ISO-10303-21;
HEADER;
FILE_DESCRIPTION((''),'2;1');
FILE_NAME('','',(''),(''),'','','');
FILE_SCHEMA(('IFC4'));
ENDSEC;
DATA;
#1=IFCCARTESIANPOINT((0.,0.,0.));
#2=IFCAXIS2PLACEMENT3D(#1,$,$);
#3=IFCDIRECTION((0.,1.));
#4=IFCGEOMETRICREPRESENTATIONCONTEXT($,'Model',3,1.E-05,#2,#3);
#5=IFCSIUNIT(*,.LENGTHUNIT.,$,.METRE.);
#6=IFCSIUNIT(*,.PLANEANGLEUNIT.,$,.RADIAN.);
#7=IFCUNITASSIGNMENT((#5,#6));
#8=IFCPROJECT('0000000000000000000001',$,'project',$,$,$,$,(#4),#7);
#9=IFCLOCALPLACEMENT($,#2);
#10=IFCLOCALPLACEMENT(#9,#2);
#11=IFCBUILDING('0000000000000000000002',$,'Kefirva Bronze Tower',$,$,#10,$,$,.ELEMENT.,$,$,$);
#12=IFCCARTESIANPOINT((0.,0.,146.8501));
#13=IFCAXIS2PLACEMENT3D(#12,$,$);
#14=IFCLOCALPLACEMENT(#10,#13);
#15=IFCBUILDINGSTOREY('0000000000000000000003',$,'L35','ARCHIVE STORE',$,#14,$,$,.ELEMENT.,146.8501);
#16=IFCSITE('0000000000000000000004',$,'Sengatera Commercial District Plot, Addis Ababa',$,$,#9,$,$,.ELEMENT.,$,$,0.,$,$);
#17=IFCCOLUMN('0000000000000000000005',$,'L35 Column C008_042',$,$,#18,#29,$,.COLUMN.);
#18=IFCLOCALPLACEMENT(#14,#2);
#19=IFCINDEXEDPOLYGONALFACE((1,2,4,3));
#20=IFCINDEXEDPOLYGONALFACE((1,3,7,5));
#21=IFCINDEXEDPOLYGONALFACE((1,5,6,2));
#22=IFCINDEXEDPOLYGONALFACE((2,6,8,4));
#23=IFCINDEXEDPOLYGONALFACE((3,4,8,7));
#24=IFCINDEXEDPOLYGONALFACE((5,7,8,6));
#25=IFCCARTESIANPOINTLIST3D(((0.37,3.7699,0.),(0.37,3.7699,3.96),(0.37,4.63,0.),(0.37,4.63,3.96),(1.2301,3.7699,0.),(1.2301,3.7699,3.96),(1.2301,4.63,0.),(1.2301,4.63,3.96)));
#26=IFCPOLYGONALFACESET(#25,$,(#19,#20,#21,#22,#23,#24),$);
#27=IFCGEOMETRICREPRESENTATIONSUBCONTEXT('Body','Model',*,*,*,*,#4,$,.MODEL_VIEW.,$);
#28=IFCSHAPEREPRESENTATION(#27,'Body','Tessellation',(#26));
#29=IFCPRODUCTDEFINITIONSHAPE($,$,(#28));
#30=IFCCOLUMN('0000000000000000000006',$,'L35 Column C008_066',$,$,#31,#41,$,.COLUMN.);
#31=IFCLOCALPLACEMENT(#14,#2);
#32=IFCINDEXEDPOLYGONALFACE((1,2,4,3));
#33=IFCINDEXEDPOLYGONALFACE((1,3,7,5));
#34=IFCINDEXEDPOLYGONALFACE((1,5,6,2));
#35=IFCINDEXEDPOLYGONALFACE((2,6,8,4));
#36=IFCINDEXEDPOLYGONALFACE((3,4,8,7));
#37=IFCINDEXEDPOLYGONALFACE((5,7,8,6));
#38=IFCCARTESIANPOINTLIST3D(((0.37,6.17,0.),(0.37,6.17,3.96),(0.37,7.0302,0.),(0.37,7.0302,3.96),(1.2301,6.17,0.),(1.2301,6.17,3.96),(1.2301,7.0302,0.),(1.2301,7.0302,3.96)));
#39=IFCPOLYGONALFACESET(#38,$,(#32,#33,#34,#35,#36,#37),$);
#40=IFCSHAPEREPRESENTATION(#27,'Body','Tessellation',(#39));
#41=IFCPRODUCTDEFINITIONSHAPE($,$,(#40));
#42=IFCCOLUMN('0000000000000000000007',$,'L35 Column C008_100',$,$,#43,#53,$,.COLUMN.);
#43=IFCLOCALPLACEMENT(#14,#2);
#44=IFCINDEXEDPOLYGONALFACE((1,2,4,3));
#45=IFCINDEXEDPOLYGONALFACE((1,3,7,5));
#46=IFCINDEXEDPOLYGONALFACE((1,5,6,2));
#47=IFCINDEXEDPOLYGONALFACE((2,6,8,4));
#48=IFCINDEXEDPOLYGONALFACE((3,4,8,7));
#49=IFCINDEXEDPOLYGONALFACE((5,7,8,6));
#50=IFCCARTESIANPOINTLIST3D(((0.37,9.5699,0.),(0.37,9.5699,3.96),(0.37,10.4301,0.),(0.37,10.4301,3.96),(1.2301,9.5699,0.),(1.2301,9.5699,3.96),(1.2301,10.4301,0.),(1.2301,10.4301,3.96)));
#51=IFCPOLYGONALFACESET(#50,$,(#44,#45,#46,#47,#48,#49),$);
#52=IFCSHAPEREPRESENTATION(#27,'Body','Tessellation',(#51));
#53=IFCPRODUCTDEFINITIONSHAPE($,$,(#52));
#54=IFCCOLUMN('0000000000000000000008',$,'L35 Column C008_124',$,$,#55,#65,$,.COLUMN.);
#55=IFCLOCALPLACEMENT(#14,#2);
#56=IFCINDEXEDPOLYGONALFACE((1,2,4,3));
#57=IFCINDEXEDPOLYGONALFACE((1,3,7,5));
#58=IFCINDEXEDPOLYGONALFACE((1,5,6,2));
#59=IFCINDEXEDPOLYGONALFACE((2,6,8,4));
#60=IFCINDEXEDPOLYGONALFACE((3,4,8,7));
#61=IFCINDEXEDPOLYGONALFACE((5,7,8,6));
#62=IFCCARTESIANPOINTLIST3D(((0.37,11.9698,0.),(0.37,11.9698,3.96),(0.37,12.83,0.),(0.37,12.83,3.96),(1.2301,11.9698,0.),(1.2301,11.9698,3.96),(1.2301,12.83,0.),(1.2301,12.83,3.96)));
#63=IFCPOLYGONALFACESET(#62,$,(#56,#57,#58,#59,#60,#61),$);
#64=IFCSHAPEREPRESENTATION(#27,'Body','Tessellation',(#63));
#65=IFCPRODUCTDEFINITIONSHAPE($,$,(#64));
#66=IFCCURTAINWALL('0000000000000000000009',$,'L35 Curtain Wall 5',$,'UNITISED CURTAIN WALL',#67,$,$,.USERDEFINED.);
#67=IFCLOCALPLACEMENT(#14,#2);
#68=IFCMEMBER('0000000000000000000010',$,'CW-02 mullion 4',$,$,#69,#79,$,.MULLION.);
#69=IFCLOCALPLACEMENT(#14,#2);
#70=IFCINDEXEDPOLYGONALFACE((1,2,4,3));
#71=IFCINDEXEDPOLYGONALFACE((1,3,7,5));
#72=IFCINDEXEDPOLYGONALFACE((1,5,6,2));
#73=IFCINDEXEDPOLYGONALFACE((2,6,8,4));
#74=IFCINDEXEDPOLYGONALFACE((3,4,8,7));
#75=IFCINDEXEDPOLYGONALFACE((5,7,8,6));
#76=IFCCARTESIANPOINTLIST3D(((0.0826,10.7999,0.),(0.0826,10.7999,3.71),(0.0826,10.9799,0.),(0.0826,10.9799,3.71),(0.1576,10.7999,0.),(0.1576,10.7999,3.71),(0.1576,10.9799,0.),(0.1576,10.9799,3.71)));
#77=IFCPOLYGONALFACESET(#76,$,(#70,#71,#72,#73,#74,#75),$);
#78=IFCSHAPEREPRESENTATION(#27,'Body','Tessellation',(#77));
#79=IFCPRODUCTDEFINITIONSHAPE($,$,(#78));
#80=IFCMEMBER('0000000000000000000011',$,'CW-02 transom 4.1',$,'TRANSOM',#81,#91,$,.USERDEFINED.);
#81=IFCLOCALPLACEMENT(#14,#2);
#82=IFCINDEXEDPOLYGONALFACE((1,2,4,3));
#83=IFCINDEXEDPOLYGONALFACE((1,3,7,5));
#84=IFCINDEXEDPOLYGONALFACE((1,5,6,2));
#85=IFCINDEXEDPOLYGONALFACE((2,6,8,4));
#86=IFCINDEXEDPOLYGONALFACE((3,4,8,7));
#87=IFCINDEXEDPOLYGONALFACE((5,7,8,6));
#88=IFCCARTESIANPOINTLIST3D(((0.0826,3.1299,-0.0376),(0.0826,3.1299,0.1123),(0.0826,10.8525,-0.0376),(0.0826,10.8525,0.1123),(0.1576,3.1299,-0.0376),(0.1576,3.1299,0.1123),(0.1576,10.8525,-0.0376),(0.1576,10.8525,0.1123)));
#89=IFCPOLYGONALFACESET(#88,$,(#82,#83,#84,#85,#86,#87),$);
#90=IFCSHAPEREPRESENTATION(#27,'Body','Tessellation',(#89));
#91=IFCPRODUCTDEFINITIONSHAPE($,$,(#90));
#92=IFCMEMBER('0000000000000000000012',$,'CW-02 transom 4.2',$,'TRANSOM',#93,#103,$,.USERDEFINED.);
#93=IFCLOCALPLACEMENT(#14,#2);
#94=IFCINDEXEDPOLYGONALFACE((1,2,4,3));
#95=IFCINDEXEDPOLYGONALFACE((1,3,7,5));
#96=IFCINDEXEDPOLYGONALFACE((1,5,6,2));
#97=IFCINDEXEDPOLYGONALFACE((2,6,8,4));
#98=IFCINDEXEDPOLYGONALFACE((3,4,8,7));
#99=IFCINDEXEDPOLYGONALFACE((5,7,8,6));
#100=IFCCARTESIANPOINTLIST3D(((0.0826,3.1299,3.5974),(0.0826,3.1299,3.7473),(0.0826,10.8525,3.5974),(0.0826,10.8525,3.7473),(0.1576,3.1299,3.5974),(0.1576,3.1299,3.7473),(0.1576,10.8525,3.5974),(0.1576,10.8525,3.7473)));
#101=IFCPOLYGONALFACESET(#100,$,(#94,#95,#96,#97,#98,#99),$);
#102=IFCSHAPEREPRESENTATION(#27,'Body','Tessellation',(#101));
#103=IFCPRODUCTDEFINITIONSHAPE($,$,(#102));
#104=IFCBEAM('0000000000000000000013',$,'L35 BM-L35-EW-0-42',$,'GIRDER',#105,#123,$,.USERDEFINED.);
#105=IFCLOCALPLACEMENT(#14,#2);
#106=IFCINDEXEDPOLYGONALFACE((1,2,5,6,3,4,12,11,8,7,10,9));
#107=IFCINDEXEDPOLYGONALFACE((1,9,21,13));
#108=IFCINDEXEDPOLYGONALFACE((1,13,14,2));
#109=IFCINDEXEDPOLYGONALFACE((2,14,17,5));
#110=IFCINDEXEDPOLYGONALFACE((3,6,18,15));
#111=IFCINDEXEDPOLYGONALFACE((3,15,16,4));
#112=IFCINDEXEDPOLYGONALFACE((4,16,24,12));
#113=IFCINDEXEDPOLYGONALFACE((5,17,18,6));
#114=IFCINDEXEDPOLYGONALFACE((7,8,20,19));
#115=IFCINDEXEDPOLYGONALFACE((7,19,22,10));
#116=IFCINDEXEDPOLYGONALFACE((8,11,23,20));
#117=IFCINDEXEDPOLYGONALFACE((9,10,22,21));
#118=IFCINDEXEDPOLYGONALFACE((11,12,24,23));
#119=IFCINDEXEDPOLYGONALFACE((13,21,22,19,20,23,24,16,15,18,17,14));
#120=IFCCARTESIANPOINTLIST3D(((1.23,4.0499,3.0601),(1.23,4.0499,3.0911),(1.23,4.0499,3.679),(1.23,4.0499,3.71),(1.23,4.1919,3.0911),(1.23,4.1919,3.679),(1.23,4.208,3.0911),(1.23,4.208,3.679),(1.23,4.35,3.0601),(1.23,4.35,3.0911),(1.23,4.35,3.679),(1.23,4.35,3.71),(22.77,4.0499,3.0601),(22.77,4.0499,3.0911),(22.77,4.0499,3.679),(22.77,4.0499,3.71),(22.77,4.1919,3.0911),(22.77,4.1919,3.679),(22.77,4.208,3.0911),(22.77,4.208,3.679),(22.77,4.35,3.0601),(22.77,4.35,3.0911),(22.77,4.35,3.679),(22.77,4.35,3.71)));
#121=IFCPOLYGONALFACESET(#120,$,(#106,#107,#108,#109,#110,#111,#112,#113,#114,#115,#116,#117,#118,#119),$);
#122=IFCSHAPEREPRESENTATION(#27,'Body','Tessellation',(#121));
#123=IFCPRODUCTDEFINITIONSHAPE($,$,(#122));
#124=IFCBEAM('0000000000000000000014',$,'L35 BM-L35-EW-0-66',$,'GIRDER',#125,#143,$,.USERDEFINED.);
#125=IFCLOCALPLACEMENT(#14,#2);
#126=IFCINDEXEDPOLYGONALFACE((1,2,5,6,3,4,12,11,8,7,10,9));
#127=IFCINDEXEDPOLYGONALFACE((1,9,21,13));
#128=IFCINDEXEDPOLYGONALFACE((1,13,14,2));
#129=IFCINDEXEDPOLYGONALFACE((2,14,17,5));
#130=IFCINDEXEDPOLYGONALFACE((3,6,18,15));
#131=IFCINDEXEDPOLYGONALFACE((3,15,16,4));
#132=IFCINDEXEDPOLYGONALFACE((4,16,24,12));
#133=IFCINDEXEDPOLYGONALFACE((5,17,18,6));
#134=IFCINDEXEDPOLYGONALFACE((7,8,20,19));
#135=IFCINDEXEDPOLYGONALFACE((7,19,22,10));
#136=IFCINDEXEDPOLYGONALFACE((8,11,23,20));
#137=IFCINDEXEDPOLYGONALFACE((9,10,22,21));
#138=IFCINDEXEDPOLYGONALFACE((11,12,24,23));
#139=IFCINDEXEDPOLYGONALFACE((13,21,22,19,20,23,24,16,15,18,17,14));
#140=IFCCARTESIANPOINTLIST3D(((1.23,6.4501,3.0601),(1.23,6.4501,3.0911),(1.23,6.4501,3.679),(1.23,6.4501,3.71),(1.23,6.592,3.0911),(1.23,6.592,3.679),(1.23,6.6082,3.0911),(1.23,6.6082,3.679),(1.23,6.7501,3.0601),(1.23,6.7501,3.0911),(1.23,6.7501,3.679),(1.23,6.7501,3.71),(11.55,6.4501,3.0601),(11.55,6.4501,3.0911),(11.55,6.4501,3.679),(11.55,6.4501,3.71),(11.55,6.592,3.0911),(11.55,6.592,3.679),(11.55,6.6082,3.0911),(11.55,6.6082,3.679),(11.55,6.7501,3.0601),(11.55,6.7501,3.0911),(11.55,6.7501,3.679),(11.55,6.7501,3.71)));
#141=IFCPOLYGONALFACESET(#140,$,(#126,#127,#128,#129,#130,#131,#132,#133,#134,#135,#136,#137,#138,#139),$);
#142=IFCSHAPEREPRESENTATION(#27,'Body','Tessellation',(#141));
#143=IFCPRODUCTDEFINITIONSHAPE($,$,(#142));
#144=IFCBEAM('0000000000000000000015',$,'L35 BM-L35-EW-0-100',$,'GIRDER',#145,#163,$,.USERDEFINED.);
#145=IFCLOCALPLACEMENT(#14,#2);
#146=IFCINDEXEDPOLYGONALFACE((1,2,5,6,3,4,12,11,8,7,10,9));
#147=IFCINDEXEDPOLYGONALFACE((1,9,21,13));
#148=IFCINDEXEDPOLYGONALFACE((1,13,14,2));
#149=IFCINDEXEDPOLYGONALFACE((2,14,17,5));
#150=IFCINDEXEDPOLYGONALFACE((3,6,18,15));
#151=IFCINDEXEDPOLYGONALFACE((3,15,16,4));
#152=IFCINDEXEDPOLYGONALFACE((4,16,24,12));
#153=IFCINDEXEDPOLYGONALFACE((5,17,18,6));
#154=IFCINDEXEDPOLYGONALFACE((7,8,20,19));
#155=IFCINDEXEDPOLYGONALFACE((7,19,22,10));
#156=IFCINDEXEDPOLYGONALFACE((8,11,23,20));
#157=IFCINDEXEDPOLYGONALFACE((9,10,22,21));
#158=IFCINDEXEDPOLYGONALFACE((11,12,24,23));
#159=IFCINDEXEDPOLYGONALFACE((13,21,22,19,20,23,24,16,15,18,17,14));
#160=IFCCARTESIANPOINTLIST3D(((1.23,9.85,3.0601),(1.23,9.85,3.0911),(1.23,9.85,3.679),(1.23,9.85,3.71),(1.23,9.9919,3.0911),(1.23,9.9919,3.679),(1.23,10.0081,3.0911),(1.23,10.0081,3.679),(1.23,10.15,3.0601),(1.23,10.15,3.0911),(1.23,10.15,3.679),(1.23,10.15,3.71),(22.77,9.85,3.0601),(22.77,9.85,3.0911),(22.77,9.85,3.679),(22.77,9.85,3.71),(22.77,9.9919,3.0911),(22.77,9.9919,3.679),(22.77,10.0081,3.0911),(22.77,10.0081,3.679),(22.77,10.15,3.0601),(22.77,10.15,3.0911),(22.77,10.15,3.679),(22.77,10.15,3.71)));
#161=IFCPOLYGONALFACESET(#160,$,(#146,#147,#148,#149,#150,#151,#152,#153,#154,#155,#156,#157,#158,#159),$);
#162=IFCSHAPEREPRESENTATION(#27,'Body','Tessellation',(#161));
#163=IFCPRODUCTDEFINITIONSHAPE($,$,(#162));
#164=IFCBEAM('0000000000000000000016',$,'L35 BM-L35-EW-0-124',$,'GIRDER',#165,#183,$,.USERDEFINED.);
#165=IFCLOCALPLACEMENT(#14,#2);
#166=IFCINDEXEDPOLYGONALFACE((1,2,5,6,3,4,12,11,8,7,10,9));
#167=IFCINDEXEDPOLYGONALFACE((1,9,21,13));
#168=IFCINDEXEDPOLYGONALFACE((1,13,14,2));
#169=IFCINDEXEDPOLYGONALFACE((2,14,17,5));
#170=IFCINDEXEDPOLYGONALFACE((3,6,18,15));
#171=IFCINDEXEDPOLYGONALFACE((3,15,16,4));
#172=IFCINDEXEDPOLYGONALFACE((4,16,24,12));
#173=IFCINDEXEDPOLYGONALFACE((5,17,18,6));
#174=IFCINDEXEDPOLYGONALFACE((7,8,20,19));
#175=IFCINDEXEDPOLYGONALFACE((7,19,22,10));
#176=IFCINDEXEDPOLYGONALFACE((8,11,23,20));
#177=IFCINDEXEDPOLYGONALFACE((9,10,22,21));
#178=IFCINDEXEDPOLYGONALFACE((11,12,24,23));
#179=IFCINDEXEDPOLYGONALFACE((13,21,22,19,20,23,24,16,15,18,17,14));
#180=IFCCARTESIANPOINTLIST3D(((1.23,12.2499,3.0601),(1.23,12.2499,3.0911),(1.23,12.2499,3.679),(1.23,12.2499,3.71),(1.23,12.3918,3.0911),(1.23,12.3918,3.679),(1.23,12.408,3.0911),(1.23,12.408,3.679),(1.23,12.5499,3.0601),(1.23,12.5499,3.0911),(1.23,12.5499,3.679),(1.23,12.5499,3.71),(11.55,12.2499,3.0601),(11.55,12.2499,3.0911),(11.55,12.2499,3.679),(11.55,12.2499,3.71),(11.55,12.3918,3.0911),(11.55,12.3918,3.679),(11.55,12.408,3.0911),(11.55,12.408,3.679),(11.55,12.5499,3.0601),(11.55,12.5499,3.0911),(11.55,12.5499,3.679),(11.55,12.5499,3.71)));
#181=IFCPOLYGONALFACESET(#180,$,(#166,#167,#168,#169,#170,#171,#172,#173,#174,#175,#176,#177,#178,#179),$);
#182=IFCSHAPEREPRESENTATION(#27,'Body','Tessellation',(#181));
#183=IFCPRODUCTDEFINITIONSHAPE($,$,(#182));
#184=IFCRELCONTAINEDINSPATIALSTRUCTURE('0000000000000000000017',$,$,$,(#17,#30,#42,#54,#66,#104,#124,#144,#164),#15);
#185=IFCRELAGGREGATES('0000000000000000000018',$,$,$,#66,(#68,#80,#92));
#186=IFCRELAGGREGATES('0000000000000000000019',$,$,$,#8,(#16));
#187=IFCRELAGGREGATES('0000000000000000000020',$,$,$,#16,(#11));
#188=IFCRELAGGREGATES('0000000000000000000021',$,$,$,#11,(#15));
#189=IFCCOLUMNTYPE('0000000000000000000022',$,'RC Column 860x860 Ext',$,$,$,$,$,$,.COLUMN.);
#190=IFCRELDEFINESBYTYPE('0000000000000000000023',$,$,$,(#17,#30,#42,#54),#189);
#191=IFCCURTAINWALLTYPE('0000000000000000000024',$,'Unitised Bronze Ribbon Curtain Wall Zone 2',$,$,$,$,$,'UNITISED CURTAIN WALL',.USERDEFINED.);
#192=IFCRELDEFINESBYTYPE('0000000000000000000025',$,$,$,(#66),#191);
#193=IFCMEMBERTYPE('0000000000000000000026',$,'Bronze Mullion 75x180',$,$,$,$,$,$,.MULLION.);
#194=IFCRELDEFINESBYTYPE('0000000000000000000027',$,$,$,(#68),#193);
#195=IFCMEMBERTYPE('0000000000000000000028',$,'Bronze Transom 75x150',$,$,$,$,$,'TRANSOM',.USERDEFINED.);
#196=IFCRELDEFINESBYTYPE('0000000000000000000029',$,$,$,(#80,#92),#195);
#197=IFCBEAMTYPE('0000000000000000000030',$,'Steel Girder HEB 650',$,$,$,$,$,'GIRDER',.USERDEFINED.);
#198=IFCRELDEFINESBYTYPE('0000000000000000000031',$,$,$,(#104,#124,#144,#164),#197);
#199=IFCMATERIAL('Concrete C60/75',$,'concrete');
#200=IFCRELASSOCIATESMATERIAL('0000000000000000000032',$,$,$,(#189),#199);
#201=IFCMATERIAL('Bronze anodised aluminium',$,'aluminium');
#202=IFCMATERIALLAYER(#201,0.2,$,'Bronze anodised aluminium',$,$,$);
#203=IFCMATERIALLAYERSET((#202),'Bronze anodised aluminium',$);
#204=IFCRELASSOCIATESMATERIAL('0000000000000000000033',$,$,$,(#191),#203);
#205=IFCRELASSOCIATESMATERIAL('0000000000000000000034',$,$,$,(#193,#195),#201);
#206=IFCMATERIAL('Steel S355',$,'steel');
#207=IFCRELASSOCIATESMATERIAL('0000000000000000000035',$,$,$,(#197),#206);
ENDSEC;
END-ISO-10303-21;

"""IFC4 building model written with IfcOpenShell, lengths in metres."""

from ifc_helpers import new_model, si_unit, direction, frame, origin, origin_2d, place, context, subcontext, project, spatial, rectangle, i_section, extrude, material, layer, layer_set, material_profile, profile_set, type_object, element, aggregate, save


model = new_model("IFC4")

# Units and contexts
model_context = context("Model", 3, precision=1e-05, world=origin(), true_north=direction((0.0, 1.0)))
body_context = subcontext(model_context, "Body", "Model", "MODEL_VIEW")
ifc_project = project(units=[si_unit("LENGTHUNIT", "METRE"), si_unit("PLANEANGLEUNIT", "RADIAN")], contexts=[model_context])

# Site, building, storey
site_placement = place(None, origin())
site = spatial("IfcSite", under=ifc_project, at=site_placement, Name="Sengatera Commercial District Plot, Addis Ababa", CompositionType="ELEMENT", RefElevation=0.0)
building_placement = place(site_placement, origin())
building = spatial("IfcBuilding", under=site, at=building_placement, Name="Kefirva Bronze Tower", CompositionType="ELEMENT")
storey_placement = place(building_placement, frame((0.0, 0.0, 146.8501)))
storey = spatial("IfcBuildingStorey", under=building, at=storey_placement, Name="L35", Description="ARCHIVE STORE", CompositionType="ELEMENT", Elevation=146.8501)

# Columns
ifc_material_1 = material(Name="Concrete C60/75", Category="concrete")
ifc_material_profile_1 = material_profile(ifc_material_1, rectangle(XDim=0.8601, YDim=0.8601, at=origin_2d()), Name="RC 860x860")
ifc_profile_set_1 = profile_set([ifc_material_profile_1], Name="Concrete C60/75")
column_type = type_object("IfcColumnType", Name="RC Column 860x860 Ext", PredefinedType="COLUMN", material=ifc_profile_set_1)
for number, where, z_axis, x_axis, name in (
    (1, (0.8, 4.2, 0.0), (0.0, 0.0, 1.0), (1.0, 0.0, 0.0), "L35 Column C008_042"),
    (2, (0.8, 6.6001, 0.0), (0.0, 0.0, 1.0), (1.0, 0.0, 0.0), "L35 Column C008_066"),
    (3, (0.8, 10.0, 0.0), (0.0, 0.0, 1.0), (1.0, 0.0, 0.0), "L35 Column C008_100"),
    (4, (0.8, 12.3999, 0.0), (0.0, 0.0, 1.0), (1.0, 0.0, 0.0), "L35 Column C008_124"),
):
    element("IfcColumn", number, at=place(storey_placement, frame(where, z_axis=z_axis, x_axis=x_axis)), inside=storey, type_object=column_type, Name=name, PredefinedType="COLUMN", context=body_context, shape_type="SweptSolid", body=[
        extrude(rectangle(XDim=0.8601, YDim=0.8601, at=origin_2d()), origin(), (0.0, 0.0, 1.0), 3.96),
    ])

# Curtain wall, members
ifc_material_2 = material(Name="Bronze anodised aluminium", Category="aluminium")
ifc_layer_1 = layer(ifc_material_2, 0.2, Name="Bronze anodised aluminium")
ifc_layer_set_1 = layer_set([ifc_layer_1], Name="Bronze anodised aluminium")
curtain_wall_type = type_object("IfcCurtainWallType", Name="Unitised Bronze Ribbon Curtain Wall Zone 2", ElementType="UNITISED CURTAIN WALL", PredefinedType="USERDEFINED", material=ifc_layer_set_1)
curtain_wall_placement = place(storey_placement, origin())
curtain_wall = element("IfcCurtainWall", 5, at=curtain_wall_placement, inside=storey, type_object=curtain_wall_type, Name="L35 Curtain Wall 5", ObjectType="UNITISED CURTAIN WALL", PredefinedType="USERDEFINED")
ifc_material_profile_2 = material_profile(ifc_material_2, rectangle(XDim=0.075, YDim=0.1799, at=origin_2d()), Name="ALU 75x180")
ifc_profile_set_2 = profile_set([ifc_material_profile_2], Name="Bronze anodised aluminium")
member_type_1 = type_object("IfcMemberType", Name="Bronze Mullion 75x180", PredefinedType="MULLION", material=ifc_profile_set_2)
member_1_placement = place(storey_placement, frame((0.1201, 10.8899, 0.0), z_axis=(0.0, 0.0, 1.0), x_axis=(1.0, 0.0, 0.0)))
member_1 = element("IfcMember", 6, at=member_1_placement, type_object=member_type_1, Name="CW-02 mullion 4", PredefinedType="MULLION", context=body_context, shape_type="SweptSolid", body=[
    extrude(rectangle(XDim=0.075, YDim=0.1799, at=origin_2d()), origin(), (0.0, 0.0, 1.0), 3.71),
])
ifc_material_profile_3 = material_profile(ifc_material_2, rectangle(XDim=0.075, YDim=0.1499, at=origin_2d()), Name="ALU 75x150")
ifc_profile_set_3 = profile_set([ifc_material_profile_3], Name="Bronze anodised aluminium")
member_type_2 = type_object("IfcMemberType", Name="Bronze Transom 75x150", ElementType="TRANSOM", PredefinedType="USERDEFINED", material=ifc_profile_set_3)
member_2_placement = place(storey_placement, frame((0.1201, 10.8525, 0.0374), z_axis=(0.0, -1.0, 0.0), x_axis=(1.0, 0.0, 0.0)))
member_2 = element("IfcMember", 7, at=member_2_placement, type_object=member_type_2, Name="CW-02 transom 4.1", ObjectType="TRANSOM", PredefinedType="USERDEFINED", context=body_context, shape_type="SweptSolid", body=[
    extrude(rectangle(XDim=0.075, YDim=0.1499, at=origin_2d()), origin(), (0.0, 0.0, 1.0), 7.7227),
])
member_3_placement = place(storey_placement, frame((0.1201, 10.8525, 3.6724), z_axis=(0.0, -1.0, 0.0), x_axis=(1.0, 0.0, 0.0)))
member_3 = element("IfcMember", 8, at=member_3_placement, type_object=member_type_2, Name="CW-02 transom 4.2", ObjectType="TRANSOM", PredefinedType="USERDEFINED", context=body_context, shape_type="SweptSolid", body=[
    extrude(rectangle(XDim=0.075, YDim=0.1499, at=origin_2d()), origin(), (0.0, 0.0, 1.0), 7.7227),
])
aggregate(curtain_wall, [member_1, member_2, member_3])

# Beams
ifc_material_3 = material(Name="Steel S355", Category="steel")
ifc_material_profile_4 = material_profile(ifc_material_3, i_section(OverallWidth=0.3, OverallDepth=0.6499, WebThickness=0.0161, FlangeThickness=0.031, at=origin_2d()), Name="HEB 650")
ifc_profile_set_4 = profile_set([ifc_material_profile_4], Name="Steel S355")
beam_type_1 = type_object("IfcBeamType", Name="Steel Girder HEB 650", ElementType="GIRDER", PredefinedType="USERDEFINED", material=ifc_profile_set_4)
beam_1_placement = place(storey_placement, frame((1.23, 4.2, 3.385), z_axis=(1.0, 0.0, 0.0), x_axis=(0.0, 1.0, 0.0)))
element("IfcBeam", 9, at=beam_1_placement, inside=storey, type_object=beam_type_1, Name="L35 BM-L35-EW-0-42", ObjectType="GIRDER", PredefinedType="USERDEFINED", context=body_context, shape_type="SweptSolid", body=[
    extrude(i_section(OverallWidth=0.3, OverallDepth=0.6499, WebThickness=0.0161, FlangeThickness=0.031, at=origin_2d()), origin(), (0.0, 0.0, 1.0), 21.54),
])
beam_2_placement = place(storey_placement, frame((1.23, 6.6001, 3.385), z_axis=(1.0, 0.0, 0.0), x_axis=(0.0, 1.0, 0.0)))
element("IfcBeam", 10, at=beam_2_placement, inside=storey, type_object=beam_type_1, Name="L35 BM-L35-EW-0-66", ObjectType="GIRDER", PredefinedType="USERDEFINED", context=body_context, shape_type="SweptSolid", body=[
    extrude(i_section(OverallWidth=0.3, OverallDepth=0.6499, WebThickness=0.0161, FlangeThickness=0.031, at=origin_2d()), origin(), (0.0, 0.0, 1.0), 10.3201),
])
beam_3_placement = place(storey_placement, frame((1.23, 10.0, 3.385), z_axis=(1.0, 0.0, 0.0), x_axis=(0.0, 1.0, 0.0)))
element("IfcBeam", 11, at=beam_3_placement, inside=storey, type_object=beam_type_1, Name="L35 BM-L35-EW-0-100", ObjectType="GIRDER", PredefinedType="USERDEFINED", context=body_context, shape_type="SweptSolid", body=[
    extrude(i_section(OverallWidth=0.3, OverallDepth=0.6499, WebThickness=0.0161, FlangeThickness=0.031, at=origin_2d()), origin(), (0.0, 0.0, 1.0), 21.54),
])
beam_4_placement = place(storey_placement, frame((1.23, 12.3999, 3.385), z_axis=(1.0, 0.0, 0.0), x_axis=(0.0, 1.0, 0.0)))
element("IfcBeam", 12, at=beam_4_placement, inside=storey, type_object=beam_type_1, Name="L35 BM-L35-EW-0-124", ObjectType="GIRDER", PredefinedType="USERDEFINED", context=body_context, shape_type="SweptSolid", body=[
    extrude(i_section(OverallWidth=0.3, OverallDepth=0.6499, WebThickness=0.0161, FlangeThickness=0.031, at=origin_2d()), origin(), (0.0, 0.0, 1.0), 10.3201),
])

save(model, "model.ifc")
